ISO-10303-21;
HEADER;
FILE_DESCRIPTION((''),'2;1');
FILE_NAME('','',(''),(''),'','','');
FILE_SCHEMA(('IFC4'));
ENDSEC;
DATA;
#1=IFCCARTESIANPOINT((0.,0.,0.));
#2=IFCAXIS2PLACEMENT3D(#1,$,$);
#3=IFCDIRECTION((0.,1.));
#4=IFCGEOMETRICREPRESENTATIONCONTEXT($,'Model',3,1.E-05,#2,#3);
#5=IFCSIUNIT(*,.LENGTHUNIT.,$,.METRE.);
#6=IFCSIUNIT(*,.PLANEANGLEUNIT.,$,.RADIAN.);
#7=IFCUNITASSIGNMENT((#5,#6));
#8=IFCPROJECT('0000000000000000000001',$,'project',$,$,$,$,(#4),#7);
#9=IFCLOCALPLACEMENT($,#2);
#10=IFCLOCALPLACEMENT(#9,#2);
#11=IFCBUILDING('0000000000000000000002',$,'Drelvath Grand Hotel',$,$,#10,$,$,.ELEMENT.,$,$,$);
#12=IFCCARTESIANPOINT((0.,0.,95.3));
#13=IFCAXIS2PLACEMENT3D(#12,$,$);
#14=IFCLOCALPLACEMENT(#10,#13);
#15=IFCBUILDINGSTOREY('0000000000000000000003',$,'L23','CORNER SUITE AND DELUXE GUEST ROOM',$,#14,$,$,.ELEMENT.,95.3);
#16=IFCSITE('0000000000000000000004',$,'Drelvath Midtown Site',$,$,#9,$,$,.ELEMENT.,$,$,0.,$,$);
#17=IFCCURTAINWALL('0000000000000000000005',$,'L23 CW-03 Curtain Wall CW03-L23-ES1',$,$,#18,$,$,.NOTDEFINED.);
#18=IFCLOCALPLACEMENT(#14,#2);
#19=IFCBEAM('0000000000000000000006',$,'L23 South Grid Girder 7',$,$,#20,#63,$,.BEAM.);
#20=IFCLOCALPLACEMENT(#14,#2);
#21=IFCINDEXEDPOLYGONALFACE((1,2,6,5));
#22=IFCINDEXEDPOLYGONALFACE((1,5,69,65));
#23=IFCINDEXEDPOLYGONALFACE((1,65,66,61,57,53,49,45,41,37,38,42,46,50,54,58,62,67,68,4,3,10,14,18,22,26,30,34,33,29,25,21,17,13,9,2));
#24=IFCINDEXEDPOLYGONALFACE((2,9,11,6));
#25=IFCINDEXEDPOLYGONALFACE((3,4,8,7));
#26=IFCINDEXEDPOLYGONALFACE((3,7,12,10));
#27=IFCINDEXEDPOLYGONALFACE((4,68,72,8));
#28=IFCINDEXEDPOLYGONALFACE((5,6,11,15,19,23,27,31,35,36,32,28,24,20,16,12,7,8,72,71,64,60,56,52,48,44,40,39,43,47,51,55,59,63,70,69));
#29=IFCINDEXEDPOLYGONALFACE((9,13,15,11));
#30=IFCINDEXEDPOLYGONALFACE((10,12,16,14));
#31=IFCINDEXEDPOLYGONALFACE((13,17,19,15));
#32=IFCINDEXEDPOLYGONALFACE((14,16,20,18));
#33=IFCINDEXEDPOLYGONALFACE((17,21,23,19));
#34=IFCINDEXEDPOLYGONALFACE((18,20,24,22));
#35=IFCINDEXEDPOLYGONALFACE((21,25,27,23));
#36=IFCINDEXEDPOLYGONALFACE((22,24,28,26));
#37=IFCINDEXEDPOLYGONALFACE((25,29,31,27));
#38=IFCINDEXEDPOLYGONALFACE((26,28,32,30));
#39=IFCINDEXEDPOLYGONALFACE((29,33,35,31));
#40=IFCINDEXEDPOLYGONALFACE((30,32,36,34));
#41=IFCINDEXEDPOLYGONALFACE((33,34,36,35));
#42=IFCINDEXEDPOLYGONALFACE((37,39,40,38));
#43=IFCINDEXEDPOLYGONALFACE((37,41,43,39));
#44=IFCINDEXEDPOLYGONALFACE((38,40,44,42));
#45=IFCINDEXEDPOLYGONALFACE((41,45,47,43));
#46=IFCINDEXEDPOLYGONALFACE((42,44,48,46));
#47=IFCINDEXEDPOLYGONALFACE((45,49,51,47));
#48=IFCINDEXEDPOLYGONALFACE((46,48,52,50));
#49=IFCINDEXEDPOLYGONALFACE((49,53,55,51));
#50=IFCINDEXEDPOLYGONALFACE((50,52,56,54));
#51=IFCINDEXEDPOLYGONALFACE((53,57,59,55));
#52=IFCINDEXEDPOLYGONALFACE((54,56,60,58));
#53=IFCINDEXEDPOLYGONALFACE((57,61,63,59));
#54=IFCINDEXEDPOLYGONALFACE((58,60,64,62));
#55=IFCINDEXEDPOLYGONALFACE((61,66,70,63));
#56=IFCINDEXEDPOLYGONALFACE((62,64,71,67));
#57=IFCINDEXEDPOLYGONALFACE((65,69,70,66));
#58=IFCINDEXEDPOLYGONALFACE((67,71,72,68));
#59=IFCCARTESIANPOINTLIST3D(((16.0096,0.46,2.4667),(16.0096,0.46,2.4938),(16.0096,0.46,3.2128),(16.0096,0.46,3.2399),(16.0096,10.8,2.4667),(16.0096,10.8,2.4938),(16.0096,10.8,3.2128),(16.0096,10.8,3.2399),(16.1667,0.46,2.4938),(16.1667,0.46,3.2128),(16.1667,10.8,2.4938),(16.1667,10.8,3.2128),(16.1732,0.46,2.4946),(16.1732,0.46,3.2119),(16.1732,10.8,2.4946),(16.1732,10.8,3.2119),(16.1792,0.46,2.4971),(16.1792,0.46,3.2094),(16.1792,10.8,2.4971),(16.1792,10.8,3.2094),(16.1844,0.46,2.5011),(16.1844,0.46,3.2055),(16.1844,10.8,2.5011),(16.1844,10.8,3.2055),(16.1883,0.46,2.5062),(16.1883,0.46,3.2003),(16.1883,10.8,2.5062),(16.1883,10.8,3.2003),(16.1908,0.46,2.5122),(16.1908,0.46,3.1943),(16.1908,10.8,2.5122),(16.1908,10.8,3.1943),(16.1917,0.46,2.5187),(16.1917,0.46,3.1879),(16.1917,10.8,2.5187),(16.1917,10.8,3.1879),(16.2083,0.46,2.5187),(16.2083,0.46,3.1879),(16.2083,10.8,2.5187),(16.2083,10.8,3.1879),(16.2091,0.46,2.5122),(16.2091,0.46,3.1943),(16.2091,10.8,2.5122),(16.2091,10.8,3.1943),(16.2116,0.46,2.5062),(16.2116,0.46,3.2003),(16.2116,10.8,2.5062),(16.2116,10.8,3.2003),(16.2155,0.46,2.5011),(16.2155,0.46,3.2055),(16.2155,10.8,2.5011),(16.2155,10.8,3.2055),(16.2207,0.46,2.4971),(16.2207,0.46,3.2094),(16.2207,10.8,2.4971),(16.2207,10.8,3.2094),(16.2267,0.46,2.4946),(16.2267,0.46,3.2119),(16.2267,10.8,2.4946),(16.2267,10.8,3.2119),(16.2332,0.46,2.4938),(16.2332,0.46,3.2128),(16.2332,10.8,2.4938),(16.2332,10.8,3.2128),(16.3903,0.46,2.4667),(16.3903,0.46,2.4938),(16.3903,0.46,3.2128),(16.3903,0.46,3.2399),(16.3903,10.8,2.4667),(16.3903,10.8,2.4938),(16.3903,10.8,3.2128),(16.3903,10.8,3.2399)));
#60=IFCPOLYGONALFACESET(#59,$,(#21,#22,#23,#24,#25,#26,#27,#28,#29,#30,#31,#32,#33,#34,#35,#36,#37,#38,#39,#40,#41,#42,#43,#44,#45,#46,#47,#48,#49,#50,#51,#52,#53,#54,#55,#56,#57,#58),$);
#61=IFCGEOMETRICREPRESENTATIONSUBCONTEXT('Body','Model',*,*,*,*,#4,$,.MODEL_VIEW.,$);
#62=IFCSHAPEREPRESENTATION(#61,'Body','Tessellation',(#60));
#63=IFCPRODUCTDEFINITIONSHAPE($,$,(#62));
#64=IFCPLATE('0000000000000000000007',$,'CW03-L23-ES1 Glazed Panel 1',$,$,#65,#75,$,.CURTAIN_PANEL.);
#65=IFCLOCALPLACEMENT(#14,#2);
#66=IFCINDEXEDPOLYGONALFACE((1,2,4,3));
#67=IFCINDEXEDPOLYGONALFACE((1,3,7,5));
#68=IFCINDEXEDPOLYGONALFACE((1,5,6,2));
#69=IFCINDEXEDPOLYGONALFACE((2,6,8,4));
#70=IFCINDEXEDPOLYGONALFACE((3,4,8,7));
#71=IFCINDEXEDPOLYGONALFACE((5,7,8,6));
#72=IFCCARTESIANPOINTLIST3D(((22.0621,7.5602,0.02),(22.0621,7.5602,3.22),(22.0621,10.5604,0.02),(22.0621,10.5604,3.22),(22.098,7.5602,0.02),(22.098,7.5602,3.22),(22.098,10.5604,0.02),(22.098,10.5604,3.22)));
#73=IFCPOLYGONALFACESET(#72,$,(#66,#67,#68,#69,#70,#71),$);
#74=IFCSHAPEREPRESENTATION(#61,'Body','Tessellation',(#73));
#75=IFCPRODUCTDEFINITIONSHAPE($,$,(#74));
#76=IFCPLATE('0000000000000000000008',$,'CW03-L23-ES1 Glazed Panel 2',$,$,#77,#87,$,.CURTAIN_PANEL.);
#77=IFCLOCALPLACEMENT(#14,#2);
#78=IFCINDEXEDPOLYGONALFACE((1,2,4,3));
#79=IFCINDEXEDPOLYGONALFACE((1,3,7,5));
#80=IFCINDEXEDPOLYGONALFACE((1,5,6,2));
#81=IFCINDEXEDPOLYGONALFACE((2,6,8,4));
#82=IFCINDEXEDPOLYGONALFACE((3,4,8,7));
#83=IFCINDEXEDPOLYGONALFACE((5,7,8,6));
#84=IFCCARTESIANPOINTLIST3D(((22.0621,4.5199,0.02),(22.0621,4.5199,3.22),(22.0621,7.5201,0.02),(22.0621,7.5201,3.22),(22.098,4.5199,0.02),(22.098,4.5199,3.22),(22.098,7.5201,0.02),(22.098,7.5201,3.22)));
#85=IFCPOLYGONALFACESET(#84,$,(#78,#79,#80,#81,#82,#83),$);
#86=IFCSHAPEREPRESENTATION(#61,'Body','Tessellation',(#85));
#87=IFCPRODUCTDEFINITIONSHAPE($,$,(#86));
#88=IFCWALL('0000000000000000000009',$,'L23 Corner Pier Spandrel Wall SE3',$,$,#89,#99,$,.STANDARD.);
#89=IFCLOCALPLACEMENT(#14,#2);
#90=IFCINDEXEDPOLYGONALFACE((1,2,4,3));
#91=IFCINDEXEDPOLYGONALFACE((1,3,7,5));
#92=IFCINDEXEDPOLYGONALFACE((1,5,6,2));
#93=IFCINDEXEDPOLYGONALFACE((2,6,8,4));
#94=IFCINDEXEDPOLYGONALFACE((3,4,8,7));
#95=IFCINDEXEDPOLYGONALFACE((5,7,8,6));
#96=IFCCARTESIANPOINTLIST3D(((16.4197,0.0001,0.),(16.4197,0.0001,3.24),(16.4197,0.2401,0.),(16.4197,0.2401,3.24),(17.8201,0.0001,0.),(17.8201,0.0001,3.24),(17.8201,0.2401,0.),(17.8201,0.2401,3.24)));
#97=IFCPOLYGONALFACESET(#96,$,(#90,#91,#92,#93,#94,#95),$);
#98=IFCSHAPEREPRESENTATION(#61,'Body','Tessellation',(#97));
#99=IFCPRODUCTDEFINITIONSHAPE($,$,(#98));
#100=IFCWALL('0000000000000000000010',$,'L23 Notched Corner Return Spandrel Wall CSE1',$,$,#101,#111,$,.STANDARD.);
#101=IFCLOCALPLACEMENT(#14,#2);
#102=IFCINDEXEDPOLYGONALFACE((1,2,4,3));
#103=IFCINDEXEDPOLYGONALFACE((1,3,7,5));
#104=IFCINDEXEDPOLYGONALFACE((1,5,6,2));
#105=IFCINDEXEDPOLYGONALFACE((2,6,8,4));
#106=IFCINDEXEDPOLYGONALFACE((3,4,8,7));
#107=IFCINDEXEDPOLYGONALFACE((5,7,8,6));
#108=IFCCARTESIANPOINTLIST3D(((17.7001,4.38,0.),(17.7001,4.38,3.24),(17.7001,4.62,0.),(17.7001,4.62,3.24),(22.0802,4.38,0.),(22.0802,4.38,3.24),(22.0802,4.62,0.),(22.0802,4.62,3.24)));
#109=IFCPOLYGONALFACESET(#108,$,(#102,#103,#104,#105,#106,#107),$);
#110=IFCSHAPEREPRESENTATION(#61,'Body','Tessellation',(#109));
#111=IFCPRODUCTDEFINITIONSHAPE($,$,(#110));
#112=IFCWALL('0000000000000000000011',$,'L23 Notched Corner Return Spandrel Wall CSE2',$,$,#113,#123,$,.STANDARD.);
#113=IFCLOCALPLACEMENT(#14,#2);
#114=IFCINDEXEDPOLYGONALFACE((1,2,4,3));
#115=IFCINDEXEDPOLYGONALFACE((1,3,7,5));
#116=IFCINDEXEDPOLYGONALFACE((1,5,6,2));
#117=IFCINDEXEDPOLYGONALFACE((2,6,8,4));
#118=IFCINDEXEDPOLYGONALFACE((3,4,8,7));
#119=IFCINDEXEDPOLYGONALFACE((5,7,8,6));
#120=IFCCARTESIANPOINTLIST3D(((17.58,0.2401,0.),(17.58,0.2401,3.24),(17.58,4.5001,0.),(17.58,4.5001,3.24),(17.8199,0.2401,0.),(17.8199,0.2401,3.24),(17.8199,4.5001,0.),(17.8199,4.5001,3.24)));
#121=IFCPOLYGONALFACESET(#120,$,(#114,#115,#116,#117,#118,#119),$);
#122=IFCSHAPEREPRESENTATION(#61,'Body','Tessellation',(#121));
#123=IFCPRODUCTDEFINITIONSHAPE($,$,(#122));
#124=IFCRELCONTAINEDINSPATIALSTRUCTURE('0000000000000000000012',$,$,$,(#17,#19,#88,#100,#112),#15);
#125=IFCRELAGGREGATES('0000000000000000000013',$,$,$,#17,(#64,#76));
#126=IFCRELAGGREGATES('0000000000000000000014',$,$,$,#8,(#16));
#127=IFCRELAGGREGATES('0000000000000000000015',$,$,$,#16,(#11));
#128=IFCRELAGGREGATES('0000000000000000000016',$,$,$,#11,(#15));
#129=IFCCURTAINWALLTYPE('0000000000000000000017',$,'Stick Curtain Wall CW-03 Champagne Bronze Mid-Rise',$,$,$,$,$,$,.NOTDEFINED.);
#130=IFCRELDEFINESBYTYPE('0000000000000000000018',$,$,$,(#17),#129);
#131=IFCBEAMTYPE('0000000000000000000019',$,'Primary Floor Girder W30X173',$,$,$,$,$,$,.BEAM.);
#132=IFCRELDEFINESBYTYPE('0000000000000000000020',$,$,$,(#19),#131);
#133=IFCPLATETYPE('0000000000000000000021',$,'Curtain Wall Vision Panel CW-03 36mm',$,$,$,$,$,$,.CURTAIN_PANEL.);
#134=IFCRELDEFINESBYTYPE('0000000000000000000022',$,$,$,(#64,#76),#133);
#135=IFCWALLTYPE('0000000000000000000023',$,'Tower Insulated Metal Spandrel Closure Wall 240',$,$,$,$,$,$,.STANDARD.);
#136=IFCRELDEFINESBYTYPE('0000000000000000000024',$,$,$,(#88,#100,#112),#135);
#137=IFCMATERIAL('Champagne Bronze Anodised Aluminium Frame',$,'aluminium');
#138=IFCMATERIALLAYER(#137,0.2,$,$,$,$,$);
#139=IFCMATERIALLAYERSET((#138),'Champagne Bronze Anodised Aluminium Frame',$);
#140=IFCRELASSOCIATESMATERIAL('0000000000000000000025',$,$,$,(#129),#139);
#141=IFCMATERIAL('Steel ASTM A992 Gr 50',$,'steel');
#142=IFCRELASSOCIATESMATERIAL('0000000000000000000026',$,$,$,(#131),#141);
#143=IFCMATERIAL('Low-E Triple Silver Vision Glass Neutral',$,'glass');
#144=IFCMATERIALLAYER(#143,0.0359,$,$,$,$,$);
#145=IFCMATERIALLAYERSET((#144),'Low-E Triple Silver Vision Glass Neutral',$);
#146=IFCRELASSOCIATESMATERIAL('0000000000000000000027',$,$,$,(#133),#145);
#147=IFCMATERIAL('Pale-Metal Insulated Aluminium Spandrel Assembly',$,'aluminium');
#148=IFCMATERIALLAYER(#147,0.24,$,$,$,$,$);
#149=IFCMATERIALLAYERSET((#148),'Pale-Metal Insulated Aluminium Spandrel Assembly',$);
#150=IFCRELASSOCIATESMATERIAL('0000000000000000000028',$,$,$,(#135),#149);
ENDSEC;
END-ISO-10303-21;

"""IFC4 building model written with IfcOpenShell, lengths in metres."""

from ifc_helpers import new_model, si_unit, direction, frame, frame_2d, origin, origin_2d, place, context, subcontext, project, spatial, rectangle, i_section, extrude, material, layer, layer_set, material_profile, profile_set, type_object, element, aggregate, save


model = new_model("IFC4")

# Units and contexts
model_context = context("Model", 3, precision=1e-05, world=origin(), true_north=direction((0.0, 1.0)))
body_context = subcontext(model_context, "Body", "Model", "MODEL_VIEW")
ifc_project = project(units=[si_unit("LENGTHUNIT", "METRE"), si_unit("PLANEANGLEUNIT", "RADIAN")], contexts=[model_context])

# Site, building, storey
site_placement = place(None, origin())
site = spatial("IfcSite", under=ifc_project, at=site_placement, Name="Drelvath Midtown Site", CompositionType="ELEMENT", RefElevation=0.0)
building_placement = place(site_placement, origin())
building = spatial("IfcBuilding", under=site, at=building_placement, Name="Drelvath Grand Hotel", CompositionType="ELEMENT")
storey_placement = place(building_placement, frame((0.0, 0.0, 95.3)))
storey = spatial("IfcBuildingStorey", under=building, at=storey_placement, Name="L23", Description="CORNER SUITE AND DELUXE GUEST ROOM", CompositionType="ELEMENT", Elevation=95.3)

# Curtain wall
ifc_material_1 = material(Name="Champagne Bronze Anodised Aluminium Frame", Category="aluminium")
ifc_layer_1 = layer(ifc_material_1, 0.2)
ifc_layer_set_1 = layer_set([ifc_layer_1], Name="Champagne Bronze Anodised Aluminium Frame")
curtain_wall_type = type_object("IfcCurtainWallType", Name="Stick Curtain Wall CW-03 Champagne Bronze Mid-Rise", PredefinedType="NOTDEFINED", material=ifc_layer_set_1)
curtain_wall_1_placement = place(storey_placement, origin())
curtain_wall_1 = element("IfcCurtainWall", 1, at=curtain_wall_1_placement, inside=storey, type_object=curtain_wall_type, Name="L23 CW-03 Curtain Wall CW03-L23-ES1", PredefinedType="NOTDEFINED")

# Beam
ifc_material_2 = material(Name="Steel ASTM A992 Gr 50", Category="steel")
ifc_material_profile_1 = material_profile(ifc_material_2, i_section(OverallWidth=0.3806, OverallDepth=0.7732, WebThickness=0.0166, FlangeThickness=0.0271, FilletRadius=0.0249, at=origin_2d()), Name="W30X173")
ifc_profile_set_1 = profile_set([ifc_material_profile_1], Name="Steel ASTM A992 Gr 50")
beam_type = type_object("IfcBeamType", Name="Primary Floor Girder W30X173", PredefinedType="BEAM", material=ifc_profile_set_1)
beam_placement = place(storey_placement, frame((16.2, 0.46, 2.8533), z_axis=(0.0, 1.0, 0.0), x_axis=(-1.0, 0.0, 0.0)))
element("IfcBeam", 2, at=beam_placement, inside=storey, type_object=beam_type, Name="L23 South Grid Girder 7", PredefinedType="BEAM", context=body_context, shape_type="SweptSolid", body=[
    extrude(i_section(OverallWidth=0.3806, OverallDepth=0.7732, WebThickness=0.0166, FlangeThickness=0.0271, FilletRadius=0.0249, at=origin_2d()), origin(), (0.0, 0.0, 1.0), 10.3401),
])

# Plates
ifc_material_3 = material(Name="Low-E Triple Silver Vision Glass Neutral", Category="glass")
ifc_layer_2 = layer(ifc_material_3, 0.0359)
ifc_layer_set_2 = layer_set([ifc_layer_2], Name="Low-E Triple Silver Vision Glass Neutral")
plate_type = type_object("IfcPlateType", Name="Curtain Wall Vision Panel CW-03 36mm", PredefinedType="CURTAIN_PANEL", material=ifc_layer_set_2)
plate_1_placement = place(storey_placement, frame((22.0801, 9.0603, 0.02), z_axis=(0.0, 0.0, 1.0), x_axis=(0.0, -1.0, 0.0)))
plate_1 = element("IfcPlate", 3, at=plate_1_placement, type_object=plate_type, Name="CW03-L23-ES1 Glazed Panel 1", PredefinedType="CURTAIN_PANEL", context=body_context, shape_type="SweptSolid", body=[
    extrude(rectangle(XDim=3.0002, YDim=0.0359, at=origin_2d()), origin(), (0.0, 0.0, 1.0), 3.2),
])
plate_2_placement = place(storey_placement, frame((22.0801, 6.02, 0.02), z_axis=(0.0, 0.0, 1.0), x_axis=(0.0, -1.0, 0.0)))
plate_2 = element("IfcPlate", 4, at=plate_2_placement, type_object=plate_type, Name="CW03-L23-ES1 Glazed Panel 2", PredefinedType="CURTAIN_PANEL", context=body_context, shape_type="SweptSolid", body=[
    extrude(rectangle(XDim=3.0002, YDim=0.0359, at=origin_2d()), origin(), (0.0, 0.0, 1.0), 3.2),
])
aggregate(curtain_wall_1, [plate_1, plate_2])

# Walls
ifc_material_4 = material(Name="Pale-Metal Insulated Aluminium Spandrel Assembly", Category="aluminium")
ifc_layer_3 = layer(ifc_material_4, 0.24)
ifc_layer_set_3 = layer_set([ifc_layer_3], Name="Pale-Metal Insulated Aluminium Spandrel Assembly")
wall_type = type_object("IfcWallType", Name="Tower Insulated Metal Spandrel Closure Wall 240", PredefinedType="STANDARD", material=ifc_layer_set_3)
wall_1_placement = place(storey_placement, frame((17.8201, 0.1201, 0.0), z_axis=(0.0, 0.0, 1.0), x_axis=(-1.0, 0.0, 0.0)))
element("IfcWall", 5, at=wall_1_placement, inside=storey, type_object=wall_type, Name="L23 Corner Pier Spandrel Wall SE3", PredefinedType="STANDARD", context=body_context, shape_type="SweptSolid", body=[
    extrude(rectangle(XDim=1.4004, YDim=0.24, at=frame_2d((0.7002, 0.0))), origin(), (0.0, 0.0, 1.0), 3.24),
])
wall_2_placement = place(storey_placement, frame((22.0801, 4.5, 0.0), z_axis=(0.0, 0.0, 1.0), x_axis=(-1.0, 0.0, 0.0)))
element("IfcWall", 6, at=wall_2_placement, inside=storey, type_object=wall_type, Name="L23 Notched Corner Return Spandrel Wall CSE1", PredefinedType="STANDARD", context=body_context, shape_type="SweptSolid", body=[
    extrude(rectangle(XDim=4.3801, YDim=0.24, at=frame_2d((2.1899, 0.0))), origin(), (0.0, 0.0, 1.0), 3.24),
])
wall_3_placement = place(storey_placement, frame((17.7, 4.5, 0.0), z_axis=(0.0, 0.0, 1.0), x_axis=(0.0, -1.0, 0.0)))
element("IfcWall", 7, at=wall_3_placement, inside=storey, type_object=wall_type, Name="L23 Notched Corner Return Spandrel Wall CSE2", PredefinedType="STANDARD", context=body_context, shape_type="SweptSolid", body=[
    extrude(rectangle(XDim=4.26, YDim=0.24, at=frame_2d((2.1299, 0.0))), origin(), (0.0, 0.0, 1.0), 3.24),
])

save(model, "model.ifc")
